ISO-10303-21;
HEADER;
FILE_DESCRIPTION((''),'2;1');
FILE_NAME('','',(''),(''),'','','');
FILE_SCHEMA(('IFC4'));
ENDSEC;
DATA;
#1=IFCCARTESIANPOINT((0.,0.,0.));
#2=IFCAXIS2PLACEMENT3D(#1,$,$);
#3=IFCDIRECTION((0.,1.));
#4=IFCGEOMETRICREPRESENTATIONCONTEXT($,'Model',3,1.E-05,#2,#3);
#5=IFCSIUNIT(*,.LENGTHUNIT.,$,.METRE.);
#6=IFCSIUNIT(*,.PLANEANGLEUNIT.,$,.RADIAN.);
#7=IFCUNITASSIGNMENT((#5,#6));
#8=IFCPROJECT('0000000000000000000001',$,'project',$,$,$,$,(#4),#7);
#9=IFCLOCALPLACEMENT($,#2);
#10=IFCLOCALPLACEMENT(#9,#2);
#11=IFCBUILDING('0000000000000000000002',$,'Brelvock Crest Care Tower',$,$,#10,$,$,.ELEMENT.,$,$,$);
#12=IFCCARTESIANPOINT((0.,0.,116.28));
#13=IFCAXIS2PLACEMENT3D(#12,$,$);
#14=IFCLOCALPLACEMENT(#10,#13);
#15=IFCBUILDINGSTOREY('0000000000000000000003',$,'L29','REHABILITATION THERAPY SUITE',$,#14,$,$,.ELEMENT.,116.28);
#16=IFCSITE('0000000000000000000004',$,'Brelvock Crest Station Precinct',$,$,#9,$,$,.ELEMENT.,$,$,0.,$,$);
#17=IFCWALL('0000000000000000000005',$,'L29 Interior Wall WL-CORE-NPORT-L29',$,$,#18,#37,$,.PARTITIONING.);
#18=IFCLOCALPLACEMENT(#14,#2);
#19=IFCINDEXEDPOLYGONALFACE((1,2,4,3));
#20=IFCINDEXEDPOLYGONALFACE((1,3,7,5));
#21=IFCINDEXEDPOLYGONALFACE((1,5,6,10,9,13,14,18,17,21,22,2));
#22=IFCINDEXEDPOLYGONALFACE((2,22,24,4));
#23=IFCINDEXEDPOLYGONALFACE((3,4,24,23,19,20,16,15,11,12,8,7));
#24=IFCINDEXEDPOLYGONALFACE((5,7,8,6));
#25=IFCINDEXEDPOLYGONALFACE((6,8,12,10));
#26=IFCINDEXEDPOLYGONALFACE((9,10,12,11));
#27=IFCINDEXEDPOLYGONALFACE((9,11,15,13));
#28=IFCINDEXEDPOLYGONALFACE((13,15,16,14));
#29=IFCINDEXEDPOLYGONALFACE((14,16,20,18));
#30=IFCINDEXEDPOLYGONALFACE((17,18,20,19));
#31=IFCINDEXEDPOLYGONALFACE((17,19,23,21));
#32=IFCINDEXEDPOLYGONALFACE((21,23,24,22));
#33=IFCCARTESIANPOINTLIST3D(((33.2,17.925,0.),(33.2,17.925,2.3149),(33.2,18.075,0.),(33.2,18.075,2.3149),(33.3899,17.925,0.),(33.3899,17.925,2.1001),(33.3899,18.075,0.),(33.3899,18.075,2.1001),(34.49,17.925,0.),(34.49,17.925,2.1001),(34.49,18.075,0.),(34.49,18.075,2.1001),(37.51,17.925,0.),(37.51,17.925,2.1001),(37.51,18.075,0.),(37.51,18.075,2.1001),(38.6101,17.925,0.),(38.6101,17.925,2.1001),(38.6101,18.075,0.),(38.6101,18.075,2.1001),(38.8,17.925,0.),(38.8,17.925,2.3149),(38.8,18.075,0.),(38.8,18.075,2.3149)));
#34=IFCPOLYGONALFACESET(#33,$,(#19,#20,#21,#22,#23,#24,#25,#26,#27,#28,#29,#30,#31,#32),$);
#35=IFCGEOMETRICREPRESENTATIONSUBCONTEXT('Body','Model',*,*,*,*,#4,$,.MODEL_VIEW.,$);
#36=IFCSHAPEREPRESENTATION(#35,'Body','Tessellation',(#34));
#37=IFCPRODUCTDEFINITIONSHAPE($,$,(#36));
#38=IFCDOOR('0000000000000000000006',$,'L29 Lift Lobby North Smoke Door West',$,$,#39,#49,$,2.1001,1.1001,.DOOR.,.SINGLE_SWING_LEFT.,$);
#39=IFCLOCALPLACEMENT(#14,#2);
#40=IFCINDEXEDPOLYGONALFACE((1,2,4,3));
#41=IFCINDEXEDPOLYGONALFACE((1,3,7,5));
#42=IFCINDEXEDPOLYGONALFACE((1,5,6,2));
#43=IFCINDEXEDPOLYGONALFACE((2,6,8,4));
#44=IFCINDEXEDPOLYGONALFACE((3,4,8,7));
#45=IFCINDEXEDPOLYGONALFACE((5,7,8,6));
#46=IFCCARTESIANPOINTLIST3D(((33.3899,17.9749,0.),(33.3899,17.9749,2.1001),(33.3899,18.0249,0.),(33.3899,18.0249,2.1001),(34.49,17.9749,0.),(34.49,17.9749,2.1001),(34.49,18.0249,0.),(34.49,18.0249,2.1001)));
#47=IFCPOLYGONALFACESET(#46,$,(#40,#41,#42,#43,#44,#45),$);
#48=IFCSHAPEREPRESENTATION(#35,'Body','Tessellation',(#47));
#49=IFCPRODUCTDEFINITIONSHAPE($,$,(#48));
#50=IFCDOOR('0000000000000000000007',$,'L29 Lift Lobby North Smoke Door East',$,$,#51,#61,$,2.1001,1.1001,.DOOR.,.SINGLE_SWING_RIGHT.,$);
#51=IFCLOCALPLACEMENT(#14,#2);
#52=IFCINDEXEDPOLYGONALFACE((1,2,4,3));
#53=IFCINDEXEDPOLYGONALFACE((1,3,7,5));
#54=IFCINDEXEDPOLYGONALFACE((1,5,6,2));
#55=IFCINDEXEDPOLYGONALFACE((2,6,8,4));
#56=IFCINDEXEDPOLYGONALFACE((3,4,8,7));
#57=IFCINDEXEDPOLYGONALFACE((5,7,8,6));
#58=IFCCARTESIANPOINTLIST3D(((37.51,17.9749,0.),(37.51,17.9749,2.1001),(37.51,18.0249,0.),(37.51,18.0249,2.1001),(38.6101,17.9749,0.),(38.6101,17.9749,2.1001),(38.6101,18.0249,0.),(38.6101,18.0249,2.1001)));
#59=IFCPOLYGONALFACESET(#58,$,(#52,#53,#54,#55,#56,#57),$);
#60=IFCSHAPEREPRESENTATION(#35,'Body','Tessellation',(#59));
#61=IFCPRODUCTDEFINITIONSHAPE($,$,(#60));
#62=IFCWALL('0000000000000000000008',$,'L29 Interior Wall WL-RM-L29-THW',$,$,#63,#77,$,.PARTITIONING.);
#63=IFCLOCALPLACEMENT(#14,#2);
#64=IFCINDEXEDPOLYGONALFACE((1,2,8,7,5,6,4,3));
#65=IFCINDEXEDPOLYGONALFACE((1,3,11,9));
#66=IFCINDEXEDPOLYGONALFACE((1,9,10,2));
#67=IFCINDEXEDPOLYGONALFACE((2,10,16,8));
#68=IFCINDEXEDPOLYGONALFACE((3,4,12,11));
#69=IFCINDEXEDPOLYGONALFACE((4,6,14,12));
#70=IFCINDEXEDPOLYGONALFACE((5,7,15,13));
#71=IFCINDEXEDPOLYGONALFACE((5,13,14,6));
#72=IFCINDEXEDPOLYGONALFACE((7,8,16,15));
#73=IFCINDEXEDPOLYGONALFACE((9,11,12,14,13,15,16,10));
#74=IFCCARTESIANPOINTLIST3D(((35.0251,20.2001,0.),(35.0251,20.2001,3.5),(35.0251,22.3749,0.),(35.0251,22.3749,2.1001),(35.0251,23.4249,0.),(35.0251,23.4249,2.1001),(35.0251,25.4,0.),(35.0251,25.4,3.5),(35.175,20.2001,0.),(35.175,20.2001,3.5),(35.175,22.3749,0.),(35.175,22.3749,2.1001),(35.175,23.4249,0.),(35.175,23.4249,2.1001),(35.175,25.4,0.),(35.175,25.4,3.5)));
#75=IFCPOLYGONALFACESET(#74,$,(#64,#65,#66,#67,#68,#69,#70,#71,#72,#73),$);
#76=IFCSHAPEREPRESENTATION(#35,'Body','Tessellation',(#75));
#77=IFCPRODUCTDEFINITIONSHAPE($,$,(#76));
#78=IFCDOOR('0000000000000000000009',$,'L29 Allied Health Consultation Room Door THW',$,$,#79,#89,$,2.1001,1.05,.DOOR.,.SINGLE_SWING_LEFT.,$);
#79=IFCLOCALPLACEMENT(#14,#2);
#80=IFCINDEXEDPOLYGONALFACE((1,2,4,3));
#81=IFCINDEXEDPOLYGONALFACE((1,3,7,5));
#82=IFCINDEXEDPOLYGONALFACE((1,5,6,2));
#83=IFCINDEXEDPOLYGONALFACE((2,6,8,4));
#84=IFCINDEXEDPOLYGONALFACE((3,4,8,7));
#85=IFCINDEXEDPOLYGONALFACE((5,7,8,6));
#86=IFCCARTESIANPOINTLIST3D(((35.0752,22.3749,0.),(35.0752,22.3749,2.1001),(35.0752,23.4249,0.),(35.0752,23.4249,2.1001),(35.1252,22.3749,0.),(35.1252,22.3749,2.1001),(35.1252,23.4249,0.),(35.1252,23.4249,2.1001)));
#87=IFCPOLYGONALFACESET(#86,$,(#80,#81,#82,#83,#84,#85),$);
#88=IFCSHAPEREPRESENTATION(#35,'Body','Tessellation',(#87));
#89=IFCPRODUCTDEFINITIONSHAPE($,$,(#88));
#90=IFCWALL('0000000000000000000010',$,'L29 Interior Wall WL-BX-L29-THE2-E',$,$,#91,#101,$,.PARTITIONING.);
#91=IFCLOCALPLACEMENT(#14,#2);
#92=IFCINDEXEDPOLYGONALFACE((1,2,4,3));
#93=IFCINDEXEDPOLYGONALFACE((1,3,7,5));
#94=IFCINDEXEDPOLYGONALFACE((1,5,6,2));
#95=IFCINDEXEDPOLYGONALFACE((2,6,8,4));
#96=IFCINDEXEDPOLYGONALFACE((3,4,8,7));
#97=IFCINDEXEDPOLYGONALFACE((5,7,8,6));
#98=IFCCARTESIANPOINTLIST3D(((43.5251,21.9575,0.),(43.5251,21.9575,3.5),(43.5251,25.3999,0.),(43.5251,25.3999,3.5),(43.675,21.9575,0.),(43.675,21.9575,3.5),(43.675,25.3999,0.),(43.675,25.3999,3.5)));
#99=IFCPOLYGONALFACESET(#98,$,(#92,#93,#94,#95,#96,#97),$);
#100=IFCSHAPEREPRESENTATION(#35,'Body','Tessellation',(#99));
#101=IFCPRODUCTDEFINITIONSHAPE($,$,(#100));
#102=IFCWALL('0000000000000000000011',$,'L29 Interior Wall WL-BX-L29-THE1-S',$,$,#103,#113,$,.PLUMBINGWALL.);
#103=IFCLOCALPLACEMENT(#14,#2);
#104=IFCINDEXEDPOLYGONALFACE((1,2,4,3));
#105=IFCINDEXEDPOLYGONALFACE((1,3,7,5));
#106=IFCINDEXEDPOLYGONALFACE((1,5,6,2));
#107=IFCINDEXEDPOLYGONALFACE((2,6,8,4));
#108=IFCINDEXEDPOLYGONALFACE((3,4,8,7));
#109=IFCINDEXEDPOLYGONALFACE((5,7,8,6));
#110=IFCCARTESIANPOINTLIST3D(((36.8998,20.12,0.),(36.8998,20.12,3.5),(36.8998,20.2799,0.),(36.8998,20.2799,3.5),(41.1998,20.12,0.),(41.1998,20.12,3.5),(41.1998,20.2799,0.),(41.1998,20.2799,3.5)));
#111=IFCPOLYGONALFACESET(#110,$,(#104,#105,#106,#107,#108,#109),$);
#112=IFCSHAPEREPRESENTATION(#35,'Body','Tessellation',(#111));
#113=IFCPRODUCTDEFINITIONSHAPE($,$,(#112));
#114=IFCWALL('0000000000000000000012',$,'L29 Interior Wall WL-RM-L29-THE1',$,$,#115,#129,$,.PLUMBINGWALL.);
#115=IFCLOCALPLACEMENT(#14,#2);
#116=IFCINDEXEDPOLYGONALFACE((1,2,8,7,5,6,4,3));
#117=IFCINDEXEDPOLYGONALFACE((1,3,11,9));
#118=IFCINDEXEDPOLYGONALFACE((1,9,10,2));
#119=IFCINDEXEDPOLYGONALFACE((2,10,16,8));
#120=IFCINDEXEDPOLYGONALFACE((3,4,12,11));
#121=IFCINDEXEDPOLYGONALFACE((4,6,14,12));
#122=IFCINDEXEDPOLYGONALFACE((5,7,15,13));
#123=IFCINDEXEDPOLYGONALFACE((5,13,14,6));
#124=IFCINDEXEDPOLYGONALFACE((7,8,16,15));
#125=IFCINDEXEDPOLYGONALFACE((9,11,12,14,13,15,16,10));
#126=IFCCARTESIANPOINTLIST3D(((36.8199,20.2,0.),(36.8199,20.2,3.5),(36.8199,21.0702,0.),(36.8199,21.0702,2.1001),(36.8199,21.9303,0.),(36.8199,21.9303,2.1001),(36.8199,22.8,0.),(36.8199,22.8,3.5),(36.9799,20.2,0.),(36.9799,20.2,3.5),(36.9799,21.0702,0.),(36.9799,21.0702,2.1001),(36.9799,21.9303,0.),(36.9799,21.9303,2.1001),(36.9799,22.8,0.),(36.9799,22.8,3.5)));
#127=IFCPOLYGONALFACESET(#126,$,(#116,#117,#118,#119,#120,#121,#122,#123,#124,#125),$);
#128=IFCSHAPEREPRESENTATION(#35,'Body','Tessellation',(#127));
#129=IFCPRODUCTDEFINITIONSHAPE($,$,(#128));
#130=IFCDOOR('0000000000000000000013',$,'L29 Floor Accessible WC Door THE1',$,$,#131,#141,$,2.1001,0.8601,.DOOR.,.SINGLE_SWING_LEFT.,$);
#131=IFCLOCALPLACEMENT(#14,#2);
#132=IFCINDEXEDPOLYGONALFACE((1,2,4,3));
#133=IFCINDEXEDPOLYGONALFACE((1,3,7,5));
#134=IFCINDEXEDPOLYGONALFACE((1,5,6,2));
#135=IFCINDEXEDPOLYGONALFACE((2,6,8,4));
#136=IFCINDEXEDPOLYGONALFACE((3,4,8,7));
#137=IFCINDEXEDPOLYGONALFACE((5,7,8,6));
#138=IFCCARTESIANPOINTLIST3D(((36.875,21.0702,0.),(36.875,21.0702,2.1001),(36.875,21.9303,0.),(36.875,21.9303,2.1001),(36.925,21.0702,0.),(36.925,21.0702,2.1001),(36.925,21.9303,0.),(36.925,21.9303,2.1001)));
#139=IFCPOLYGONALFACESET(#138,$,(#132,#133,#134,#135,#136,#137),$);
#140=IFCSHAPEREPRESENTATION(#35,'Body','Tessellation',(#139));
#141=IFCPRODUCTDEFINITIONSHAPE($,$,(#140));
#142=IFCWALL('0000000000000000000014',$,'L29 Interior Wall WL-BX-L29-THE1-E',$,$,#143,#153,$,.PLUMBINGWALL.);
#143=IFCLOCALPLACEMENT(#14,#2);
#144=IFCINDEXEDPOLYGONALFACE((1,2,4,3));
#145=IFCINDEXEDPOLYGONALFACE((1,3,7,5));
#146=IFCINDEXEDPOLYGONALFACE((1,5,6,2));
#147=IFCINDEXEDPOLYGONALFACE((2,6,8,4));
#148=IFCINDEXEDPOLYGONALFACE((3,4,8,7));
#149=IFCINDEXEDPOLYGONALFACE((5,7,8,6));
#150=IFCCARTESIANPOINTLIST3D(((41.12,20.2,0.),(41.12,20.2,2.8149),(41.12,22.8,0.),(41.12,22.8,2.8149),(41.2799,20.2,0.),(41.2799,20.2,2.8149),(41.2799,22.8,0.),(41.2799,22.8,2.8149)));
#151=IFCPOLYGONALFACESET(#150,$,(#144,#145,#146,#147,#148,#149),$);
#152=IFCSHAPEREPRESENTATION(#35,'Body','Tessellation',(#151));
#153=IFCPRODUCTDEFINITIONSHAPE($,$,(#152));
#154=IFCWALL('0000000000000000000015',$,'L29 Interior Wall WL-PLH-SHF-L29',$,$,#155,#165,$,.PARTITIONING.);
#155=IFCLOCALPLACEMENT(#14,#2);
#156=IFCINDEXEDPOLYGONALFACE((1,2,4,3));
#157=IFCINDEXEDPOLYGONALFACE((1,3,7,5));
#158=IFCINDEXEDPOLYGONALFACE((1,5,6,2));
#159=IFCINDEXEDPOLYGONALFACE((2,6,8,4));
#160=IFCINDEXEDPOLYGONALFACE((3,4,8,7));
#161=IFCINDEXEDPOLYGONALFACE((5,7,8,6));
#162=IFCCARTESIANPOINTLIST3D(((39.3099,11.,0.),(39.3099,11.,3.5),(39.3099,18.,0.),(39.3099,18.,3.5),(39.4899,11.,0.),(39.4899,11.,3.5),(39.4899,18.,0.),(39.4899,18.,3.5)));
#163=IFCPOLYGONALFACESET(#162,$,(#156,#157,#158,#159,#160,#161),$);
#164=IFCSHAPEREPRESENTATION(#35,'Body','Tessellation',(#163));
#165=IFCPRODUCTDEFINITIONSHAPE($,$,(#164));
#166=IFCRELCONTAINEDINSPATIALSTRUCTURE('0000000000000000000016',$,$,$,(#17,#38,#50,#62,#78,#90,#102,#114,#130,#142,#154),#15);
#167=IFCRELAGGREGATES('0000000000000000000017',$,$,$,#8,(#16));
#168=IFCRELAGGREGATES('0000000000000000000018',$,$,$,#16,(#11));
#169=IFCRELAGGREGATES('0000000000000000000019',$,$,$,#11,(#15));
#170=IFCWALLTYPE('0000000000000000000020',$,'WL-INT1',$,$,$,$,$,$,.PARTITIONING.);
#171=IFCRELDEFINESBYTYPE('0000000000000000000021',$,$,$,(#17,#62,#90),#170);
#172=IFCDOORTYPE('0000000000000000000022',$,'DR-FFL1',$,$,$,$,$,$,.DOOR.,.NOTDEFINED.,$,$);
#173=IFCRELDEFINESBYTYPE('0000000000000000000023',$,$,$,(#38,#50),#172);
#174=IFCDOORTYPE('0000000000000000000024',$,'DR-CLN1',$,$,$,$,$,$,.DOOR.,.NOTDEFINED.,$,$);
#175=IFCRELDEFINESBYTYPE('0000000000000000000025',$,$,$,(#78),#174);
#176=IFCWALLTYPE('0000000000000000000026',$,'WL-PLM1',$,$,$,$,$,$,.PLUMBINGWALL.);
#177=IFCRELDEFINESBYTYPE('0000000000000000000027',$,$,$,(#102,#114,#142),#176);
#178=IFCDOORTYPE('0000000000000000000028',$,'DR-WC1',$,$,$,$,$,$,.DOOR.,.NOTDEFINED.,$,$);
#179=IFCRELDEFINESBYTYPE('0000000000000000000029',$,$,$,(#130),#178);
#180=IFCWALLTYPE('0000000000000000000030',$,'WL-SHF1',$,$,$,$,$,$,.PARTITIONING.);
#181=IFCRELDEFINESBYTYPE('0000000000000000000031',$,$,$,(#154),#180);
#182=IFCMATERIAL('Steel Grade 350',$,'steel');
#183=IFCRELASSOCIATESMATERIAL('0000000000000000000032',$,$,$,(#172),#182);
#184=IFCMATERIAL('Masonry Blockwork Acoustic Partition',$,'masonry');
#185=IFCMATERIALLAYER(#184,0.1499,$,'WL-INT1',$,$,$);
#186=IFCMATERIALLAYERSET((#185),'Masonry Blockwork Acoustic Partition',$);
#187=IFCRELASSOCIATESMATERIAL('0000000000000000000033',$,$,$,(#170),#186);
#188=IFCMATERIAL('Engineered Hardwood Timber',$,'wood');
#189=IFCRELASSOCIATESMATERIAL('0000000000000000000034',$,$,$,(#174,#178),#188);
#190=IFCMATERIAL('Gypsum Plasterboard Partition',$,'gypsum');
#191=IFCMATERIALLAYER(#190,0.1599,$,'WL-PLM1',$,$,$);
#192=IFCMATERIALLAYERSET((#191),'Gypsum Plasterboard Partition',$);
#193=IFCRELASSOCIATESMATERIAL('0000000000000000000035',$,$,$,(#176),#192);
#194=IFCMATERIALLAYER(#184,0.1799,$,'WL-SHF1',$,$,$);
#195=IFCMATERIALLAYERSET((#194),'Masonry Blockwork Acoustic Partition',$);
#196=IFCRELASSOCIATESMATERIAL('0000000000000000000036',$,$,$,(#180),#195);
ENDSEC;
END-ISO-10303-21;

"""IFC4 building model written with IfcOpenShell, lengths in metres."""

from ifc_helpers import new_model, si_unit, direction, frame, frame_2d, origin, origin_2d, place, context, subcontext, project, spatial, rectangle, extrude, source, transform, mapped, material, layer, layer_set, type_object, element, fill, save


model = new_model("IFC4")

# Units and contexts
model_context = context("Model", 3, precision=1e-05, world=origin(), true_north=direction((0.0, 1.0)))
body_context = subcontext(model_context, "Body", "Model", "MODEL_VIEW")
ifc_project = project(units=[si_unit("LENGTHUNIT", "METRE"), si_unit("PLANEANGLEUNIT", "RADIAN")], contexts=[model_context])

# Site, building, storey
site_placement = place(None, origin())
site = spatial("IfcSite", under=ifc_project, at=site_placement, Name="Brelvock Crest Station Precinct", CompositionType="ELEMENT", RefElevation=0.0)
building_placement = place(site_placement, origin())
building = spatial("IfcBuilding", under=site, at=building_placement, Name="Brelvock Crest Care Tower", CompositionType="ELEMENT")
storey_placement = place(building_placement, frame((0.0, 0.0, 116.28)))
storey = spatial("IfcBuildingStorey", under=building, at=storey_placement, Name="L29", Description="REHABILITATION THERAPY SUITE", CompositionType="ELEMENT", Elevation=116.28)

# Shared definitions
ifc_material_1 = material(Name="Steel Grade 350", Category="steel")

# Shared definitions
door_type_1 = type_object("IfcDoorType", Name="DR-FFL1", OperationType="NOTDEFINED", PredefinedType="DOOR", material=ifc_material_1)
shared_shape_1 = source(origin(), body_context, "Body", "SweptSolid", [
    extrude(rectangle(XDim=1.1001, YDim=2.1001, at=origin_2d()), frame((0.55, 0.0249, 1.05), z_axis=(0.0, -1.0, 0.0), x_axis=(1.0, 0.0, 0.0)), (0.0, 0.0, 1.0), 0.05),
])

# Wall, openings, doors
ifc_material_2 = material(Name="Masonry Blockwork Acoustic Partition", Category="masonry")
ifc_layer_1 = layer(ifc_material_2, 0.1499, Name="WL-INT1")
ifc_layer_set_1 = layer_set([ifc_layer_1], Name="Masonry Blockwork Acoustic Partition")
wall_type_1 = type_object("IfcWallType", Name="WL-INT1", PredefinedType="PARTITIONING", material=ifc_layer_set_1)
wall_1_placement = place(storey_placement, frame((33.2, 18.0, 0.0), z_axis=(0.0, 0.0, 1.0), x_axis=(1.0, 0.0, 0.0)))
wall_1 = element("IfcWall", 1, at=wall_1_placement, inside=storey, type_object=wall_type_1, Name="L29 Interior Wall WL-CORE-NPORT-L29", PredefinedType="PARTITIONING", context=body_context, shape_type="SweptSolid", body=[
    extrude(rectangle(XDim=5.6001, YDim=0.1499, at=frame_2d((2.8, 0.0))), origin(), (0.0, 0.0, 1.0), 2.3149),
])
opening_1_placement = place(wall_1_placement, frame((0.1899, 0.0, 0.0)))
opening_1 = element("IfcOpeningElement", 2, at=opening_1_placement, cuts=wall_1, PredefinedType="OPENING", context=body_context, shape_type="SweptSolid", body=[
    extrude(rectangle(XDim=1.1001, YDim=2.1001, at=origin_2d()), frame((0.55, 0.085, 1.05), z_axis=(0.0, -1.0, 0.0), x_axis=(1.0, 0.0, 0.0)), (0.0, 0.0, 1.0), 0.1699),
])
opening_2_placement = place(wall_1_placement, frame((4.3101, 0.0, 0.0)))
opening_2 = element("IfcOpeningElement", 3, at=opening_2_placement, cuts=wall_1, PredefinedType="OPENING", context=body_context, shape_type="SweptSolid", body=[
    extrude(rectangle(XDim=1.1001, YDim=2.1001, at=origin_2d()), frame((0.55, 0.085, 1.05), z_axis=(0.0, -1.0, 0.0), x_axis=(1.0, 0.0, 0.0)), (0.0, 0.0, 1.0), 0.1699),
])
door_1_placement = place(opening_1_placement, origin())
door_1 = element("IfcDoor", 4, at=door_1_placement, inside=storey, type_object=door_type_1, Name="L29 Lift Lobby North Smoke Door West", OperationType="SINGLE_SWING_LEFT", OverallHeight=2.1001, OverallWidth=1.1001, PredefinedType="DOOR", context=body_context, shape_type="MappedRepresentation", body=[
    mapped(shared_shape_1, transform((0.0, 0.0, 0.0), x_axis=(1.0, 0.0, 0.0), y_axis=(0.0, 1.0, 0.0), z_axis=(0.0, 0.0, 1.0), scale=1.0)),
])
fill(opening_1, door_1)
door_2_placement = place(opening_2_placement, origin())
door_2 = element("IfcDoor", 5, at=door_2_placement, inside=storey, type_object=door_type_1, Name="L29 Lift Lobby North Smoke Door East", OperationType="SINGLE_SWING_RIGHT", OverallHeight=2.1001, OverallWidth=1.1001, PredefinedType="DOOR", context=body_context, shape_type="MappedRepresentation", body=[
    mapped(shared_shape_1, transform((0.0, 0.0, 0.0), x_axis=(1.0, 0.0, 0.0), y_axis=(0.0, 1.0, 0.0), z_axis=(0.0, 0.0, 1.0), scale=1.0)),
])
fill(opening_2, door_2)

# Wall, opening, door
wall_2_placement = place(storey_placement, frame((35.1001, 20.2, 0.0), z_axis=(0.0, 0.0, 1.0), x_axis=(0.0, 1.0, 0.0)))
wall_2 = element("IfcWall", 6, at=wall_2_placement, inside=storey, type_object=wall_type_1, Name="L29 Interior Wall WL-RM-L29-THW", PredefinedType="PARTITIONING", context=body_context, shape_type="SweptSolid", body=[
    extrude(rectangle(XDim=5.2, YDim=0.1499, at=frame_2d((2.6001, 0.0))), origin(), (0.0, 0.0, 1.0), 3.5),
])
opening_3_placement = place(wall_2_placement, frame((2.175, 0.0, 0.0)))
opening_3 = element("IfcOpeningElement", 7, at=opening_3_placement, cuts=wall_2, PredefinedType="OPENING", context=body_context, shape_type="SweptSolid", body=[
    extrude(rectangle(XDim=1.05, YDim=2.1001, at=origin_2d()), frame((0.5249, 0.085, 1.05), z_axis=(0.0, -1.0, 0.0), x_axis=(1.0, 0.0, 0.0)), (0.0, 0.0, 1.0), 0.1699),
])
ifc_material_3 = material(Name="Engineered Hardwood Timber", Category="wood")
door_type_2 = type_object("IfcDoorType", Name="DR-CLN1", OperationType="NOTDEFINED", PredefinedType="DOOR", material=ifc_material_3)
shared_shape_2 = source(origin(), body_context, "Body", "SweptSolid", [
    extrude(rectangle(XDim=1.05, YDim=2.1001, at=origin_2d()), frame((0.5249, 0.0249, 1.05), z_axis=(0.0, -1.0, 0.0), x_axis=(1.0, 0.0, 0.0)), (0.0, 0.0, 1.0), 0.05),
])
door_3_placement = place(opening_3_placement, origin())
door_3 = element("IfcDoor", 8, at=door_3_placement, inside=storey, type_object=door_type_2, Name="L29 Allied Health Consultation Room Door THW", OperationType="SINGLE_SWING_LEFT", OverallHeight=2.1001, OverallWidth=1.05, PredefinedType="DOOR", context=body_context, shape_type="MappedRepresentation", body=[
    mapped(shared_shape_2, transform((0.0, 0.0, 0.0), x_axis=(1.0, 0.0, 0.0), y_axis=(0.0, 1.0, 0.0), z_axis=(0.0, 0.0, 1.0), scale=1.0)),
])
fill(opening_3, door_3)

# Walls
wall_3_placement = place(storey_placement, frame((43.6001, 21.9575, 0.0), z_axis=(0.0, 0.0, 1.0), x_axis=(0.0, 1.0, 0.0)))
element("IfcWall", 9, at=wall_3_placement, inside=storey, type_object=wall_type_1, Name="L29 Interior Wall WL-BX-L29-THE2-E", PredefinedType="PARTITIONING", context=body_context, shape_type="SweptSolid", body=[
    extrude(rectangle(XDim=3.4424, YDim=0.1499, at=frame_2d((1.7212, 0.0))), origin(), (0.0, 0.0, 1.0), 3.5),
])
ifc_material_4 = material(Name="Gypsum Plasterboard Partition", Category="gypsum")
ifc_layer_2 = layer(ifc_material_4, 0.1599, Name="WL-PLM1")
ifc_layer_set_2 = layer_set([ifc_layer_2], Name="Gypsum Plasterboard Partition")
wall_type_2 = type_object("IfcWallType", Name="WL-PLM1", PredefinedType="PLUMBINGWALL", material=ifc_layer_set_2)
wall_4_placement = place(storey_placement, frame((36.8999, 20.2, 0.0), z_axis=(0.0, 0.0, 1.0), x_axis=(1.0, 0.0, 0.0)))
element("IfcWall", 10, at=wall_4_placement, inside=storey, type_object=wall_type_2, Name="L29 Interior Wall WL-BX-L29-THE1-S", PredefinedType="PLUMBINGWALL", context=body_context, shape_type="SweptSolid", body=[
    extrude(rectangle(XDim=4.3, YDim=0.1599, at=frame_2d((2.1499, 0.0))), origin(), (0.0, 0.0, 1.0), 3.5),
])

# Wall, opening, door
wall_5_placement = place(storey_placement, frame((36.8999, 20.2, 0.0), z_axis=(0.0, 0.0, 1.0), x_axis=(0.0, 1.0, 0.0)))
wall_5 = element("IfcWall", 11, at=wall_5_placement, inside=storey, type_object=wall_type_2, Name="L29 Interior Wall WL-RM-L29-THE1", PredefinedType="PLUMBINGWALL", context=body_context, shape_type="SweptSolid", body=[
    extrude(rectangle(XDim=2.6001, YDim=0.1599, at=frame_2d((1.3, 0.0))), origin(), (0.0, 0.0, 1.0), 3.5),
])
opening_4_placement = place(wall_5_placement, frame((0.8701, 0.0, 0.0)))
opening_4 = element("IfcOpeningElement", 12, at=opening_4_placement, cuts=wall_5, PredefinedType="OPENING", context=body_context, shape_type="SweptSolid", body=[
    extrude(rectangle(XDim=0.8601, YDim=2.1001, at=origin_2d()), frame((0.4302, 0.0898, 1.05), z_axis=(0.0, -1.0, 0.0), x_axis=(1.0, 0.0, 0.0)), (0.0, 0.0, 1.0), 0.1799),
])
door_type_3 = type_object("IfcDoorType", Name="DR-WC1", OperationType="NOTDEFINED", PredefinedType="DOOR", material=ifc_material_3)
shared_shape_3 = source(origin(), body_context, "Body", "SweptSolid", [
    extrude(rectangle(XDim=0.8601, YDim=2.1001, at=origin_2d()), frame((0.4302, 0.0249, 1.05), z_axis=(0.0, -1.0, 0.0), x_axis=(1.0, 0.0, 0.0)), (0.0, 0.0, 1.0), 0.05),
])
door_4_placement = place(opening_4_placement, origin())
door_4 = element("IfcDoor", 13, at=door_4_placement, inside=storey, type_object=door_type_3, Name="L29 Floor Accessible WC Door THE1", OperationType="SINGLE_SWING_LEFT", OverallHeight=2.1001, OverallWidth=0.8601, PredefinedType="DOOR", context=body_context, shape_type="MappedRepresentation", body=[
    mapped(shared_shape_3, transform((0.0, 0.0, 0.0), x_axis=(1.0, 0.0, 0.0), y_axis=(0.0, 1.0, 0.0), z_axis=(0.0, 0.0, 1.0), scale=1.0)),
])
fill(opening_4, door_4)

# Walls
wall_6_placement = place(storey_placement, frame((41.2, 20.2, 0.0), z_axis=(0.0, 0.0, 1.0), x_axis=(0.0, 1.0, 0.0)))
element("IfcWall", 14, at=wall_6_placement, inside=storey, type_object=wall_type_2, Name="L29 Interior Wall WL-BX-L29-THE1-E", PredefinedType="PLUMBINGWALL", context=body_context, shape_type="SweptSolid", body=[
    extrude(rectangle(XDim=2.6001, YDim=0.1599, at=frame_2d((1.3, 0.0))), origin(), (0.0, 0.0, 1.0), 2.8149),
])
ifc_layer_3 = layer(ifc_material_2, 0.1799, Name="WL-SHF1")
ifc_layer_set_3 = layer_set([ifc_layer_3], Name="Masonry Blockwork Acoustic Partition")
wall_type_3 = type_object("IfcWallType", Name="WL-SHF1", PredefinedType="PARTITIONING", material=ifc_layer_set_3)
wall_7_placement = place(storey_placement, frame((39.3999, 11.0, 0.0), z_axis=(0.0, 0.0, 1.0), x_axis=(0.0, 1.0, 0.0)))
element("IfcWall", 15, at=wall_7_placement, inside=storey, type_object=wall_type_3, Name="L29 Interior Wall WL-PLH-SHF-L29", PredefinedType="PARTITIONING", context=body_context, shape_type="SweptSolid", body=[
    extrude(rectangle(XDim=7.0, YDim=0.1799, at=frame_2d((3.5, 0.0))), origin(), (0.0, 0.0, 1.0), 3.5),
])

save(model, "model.ifc")
